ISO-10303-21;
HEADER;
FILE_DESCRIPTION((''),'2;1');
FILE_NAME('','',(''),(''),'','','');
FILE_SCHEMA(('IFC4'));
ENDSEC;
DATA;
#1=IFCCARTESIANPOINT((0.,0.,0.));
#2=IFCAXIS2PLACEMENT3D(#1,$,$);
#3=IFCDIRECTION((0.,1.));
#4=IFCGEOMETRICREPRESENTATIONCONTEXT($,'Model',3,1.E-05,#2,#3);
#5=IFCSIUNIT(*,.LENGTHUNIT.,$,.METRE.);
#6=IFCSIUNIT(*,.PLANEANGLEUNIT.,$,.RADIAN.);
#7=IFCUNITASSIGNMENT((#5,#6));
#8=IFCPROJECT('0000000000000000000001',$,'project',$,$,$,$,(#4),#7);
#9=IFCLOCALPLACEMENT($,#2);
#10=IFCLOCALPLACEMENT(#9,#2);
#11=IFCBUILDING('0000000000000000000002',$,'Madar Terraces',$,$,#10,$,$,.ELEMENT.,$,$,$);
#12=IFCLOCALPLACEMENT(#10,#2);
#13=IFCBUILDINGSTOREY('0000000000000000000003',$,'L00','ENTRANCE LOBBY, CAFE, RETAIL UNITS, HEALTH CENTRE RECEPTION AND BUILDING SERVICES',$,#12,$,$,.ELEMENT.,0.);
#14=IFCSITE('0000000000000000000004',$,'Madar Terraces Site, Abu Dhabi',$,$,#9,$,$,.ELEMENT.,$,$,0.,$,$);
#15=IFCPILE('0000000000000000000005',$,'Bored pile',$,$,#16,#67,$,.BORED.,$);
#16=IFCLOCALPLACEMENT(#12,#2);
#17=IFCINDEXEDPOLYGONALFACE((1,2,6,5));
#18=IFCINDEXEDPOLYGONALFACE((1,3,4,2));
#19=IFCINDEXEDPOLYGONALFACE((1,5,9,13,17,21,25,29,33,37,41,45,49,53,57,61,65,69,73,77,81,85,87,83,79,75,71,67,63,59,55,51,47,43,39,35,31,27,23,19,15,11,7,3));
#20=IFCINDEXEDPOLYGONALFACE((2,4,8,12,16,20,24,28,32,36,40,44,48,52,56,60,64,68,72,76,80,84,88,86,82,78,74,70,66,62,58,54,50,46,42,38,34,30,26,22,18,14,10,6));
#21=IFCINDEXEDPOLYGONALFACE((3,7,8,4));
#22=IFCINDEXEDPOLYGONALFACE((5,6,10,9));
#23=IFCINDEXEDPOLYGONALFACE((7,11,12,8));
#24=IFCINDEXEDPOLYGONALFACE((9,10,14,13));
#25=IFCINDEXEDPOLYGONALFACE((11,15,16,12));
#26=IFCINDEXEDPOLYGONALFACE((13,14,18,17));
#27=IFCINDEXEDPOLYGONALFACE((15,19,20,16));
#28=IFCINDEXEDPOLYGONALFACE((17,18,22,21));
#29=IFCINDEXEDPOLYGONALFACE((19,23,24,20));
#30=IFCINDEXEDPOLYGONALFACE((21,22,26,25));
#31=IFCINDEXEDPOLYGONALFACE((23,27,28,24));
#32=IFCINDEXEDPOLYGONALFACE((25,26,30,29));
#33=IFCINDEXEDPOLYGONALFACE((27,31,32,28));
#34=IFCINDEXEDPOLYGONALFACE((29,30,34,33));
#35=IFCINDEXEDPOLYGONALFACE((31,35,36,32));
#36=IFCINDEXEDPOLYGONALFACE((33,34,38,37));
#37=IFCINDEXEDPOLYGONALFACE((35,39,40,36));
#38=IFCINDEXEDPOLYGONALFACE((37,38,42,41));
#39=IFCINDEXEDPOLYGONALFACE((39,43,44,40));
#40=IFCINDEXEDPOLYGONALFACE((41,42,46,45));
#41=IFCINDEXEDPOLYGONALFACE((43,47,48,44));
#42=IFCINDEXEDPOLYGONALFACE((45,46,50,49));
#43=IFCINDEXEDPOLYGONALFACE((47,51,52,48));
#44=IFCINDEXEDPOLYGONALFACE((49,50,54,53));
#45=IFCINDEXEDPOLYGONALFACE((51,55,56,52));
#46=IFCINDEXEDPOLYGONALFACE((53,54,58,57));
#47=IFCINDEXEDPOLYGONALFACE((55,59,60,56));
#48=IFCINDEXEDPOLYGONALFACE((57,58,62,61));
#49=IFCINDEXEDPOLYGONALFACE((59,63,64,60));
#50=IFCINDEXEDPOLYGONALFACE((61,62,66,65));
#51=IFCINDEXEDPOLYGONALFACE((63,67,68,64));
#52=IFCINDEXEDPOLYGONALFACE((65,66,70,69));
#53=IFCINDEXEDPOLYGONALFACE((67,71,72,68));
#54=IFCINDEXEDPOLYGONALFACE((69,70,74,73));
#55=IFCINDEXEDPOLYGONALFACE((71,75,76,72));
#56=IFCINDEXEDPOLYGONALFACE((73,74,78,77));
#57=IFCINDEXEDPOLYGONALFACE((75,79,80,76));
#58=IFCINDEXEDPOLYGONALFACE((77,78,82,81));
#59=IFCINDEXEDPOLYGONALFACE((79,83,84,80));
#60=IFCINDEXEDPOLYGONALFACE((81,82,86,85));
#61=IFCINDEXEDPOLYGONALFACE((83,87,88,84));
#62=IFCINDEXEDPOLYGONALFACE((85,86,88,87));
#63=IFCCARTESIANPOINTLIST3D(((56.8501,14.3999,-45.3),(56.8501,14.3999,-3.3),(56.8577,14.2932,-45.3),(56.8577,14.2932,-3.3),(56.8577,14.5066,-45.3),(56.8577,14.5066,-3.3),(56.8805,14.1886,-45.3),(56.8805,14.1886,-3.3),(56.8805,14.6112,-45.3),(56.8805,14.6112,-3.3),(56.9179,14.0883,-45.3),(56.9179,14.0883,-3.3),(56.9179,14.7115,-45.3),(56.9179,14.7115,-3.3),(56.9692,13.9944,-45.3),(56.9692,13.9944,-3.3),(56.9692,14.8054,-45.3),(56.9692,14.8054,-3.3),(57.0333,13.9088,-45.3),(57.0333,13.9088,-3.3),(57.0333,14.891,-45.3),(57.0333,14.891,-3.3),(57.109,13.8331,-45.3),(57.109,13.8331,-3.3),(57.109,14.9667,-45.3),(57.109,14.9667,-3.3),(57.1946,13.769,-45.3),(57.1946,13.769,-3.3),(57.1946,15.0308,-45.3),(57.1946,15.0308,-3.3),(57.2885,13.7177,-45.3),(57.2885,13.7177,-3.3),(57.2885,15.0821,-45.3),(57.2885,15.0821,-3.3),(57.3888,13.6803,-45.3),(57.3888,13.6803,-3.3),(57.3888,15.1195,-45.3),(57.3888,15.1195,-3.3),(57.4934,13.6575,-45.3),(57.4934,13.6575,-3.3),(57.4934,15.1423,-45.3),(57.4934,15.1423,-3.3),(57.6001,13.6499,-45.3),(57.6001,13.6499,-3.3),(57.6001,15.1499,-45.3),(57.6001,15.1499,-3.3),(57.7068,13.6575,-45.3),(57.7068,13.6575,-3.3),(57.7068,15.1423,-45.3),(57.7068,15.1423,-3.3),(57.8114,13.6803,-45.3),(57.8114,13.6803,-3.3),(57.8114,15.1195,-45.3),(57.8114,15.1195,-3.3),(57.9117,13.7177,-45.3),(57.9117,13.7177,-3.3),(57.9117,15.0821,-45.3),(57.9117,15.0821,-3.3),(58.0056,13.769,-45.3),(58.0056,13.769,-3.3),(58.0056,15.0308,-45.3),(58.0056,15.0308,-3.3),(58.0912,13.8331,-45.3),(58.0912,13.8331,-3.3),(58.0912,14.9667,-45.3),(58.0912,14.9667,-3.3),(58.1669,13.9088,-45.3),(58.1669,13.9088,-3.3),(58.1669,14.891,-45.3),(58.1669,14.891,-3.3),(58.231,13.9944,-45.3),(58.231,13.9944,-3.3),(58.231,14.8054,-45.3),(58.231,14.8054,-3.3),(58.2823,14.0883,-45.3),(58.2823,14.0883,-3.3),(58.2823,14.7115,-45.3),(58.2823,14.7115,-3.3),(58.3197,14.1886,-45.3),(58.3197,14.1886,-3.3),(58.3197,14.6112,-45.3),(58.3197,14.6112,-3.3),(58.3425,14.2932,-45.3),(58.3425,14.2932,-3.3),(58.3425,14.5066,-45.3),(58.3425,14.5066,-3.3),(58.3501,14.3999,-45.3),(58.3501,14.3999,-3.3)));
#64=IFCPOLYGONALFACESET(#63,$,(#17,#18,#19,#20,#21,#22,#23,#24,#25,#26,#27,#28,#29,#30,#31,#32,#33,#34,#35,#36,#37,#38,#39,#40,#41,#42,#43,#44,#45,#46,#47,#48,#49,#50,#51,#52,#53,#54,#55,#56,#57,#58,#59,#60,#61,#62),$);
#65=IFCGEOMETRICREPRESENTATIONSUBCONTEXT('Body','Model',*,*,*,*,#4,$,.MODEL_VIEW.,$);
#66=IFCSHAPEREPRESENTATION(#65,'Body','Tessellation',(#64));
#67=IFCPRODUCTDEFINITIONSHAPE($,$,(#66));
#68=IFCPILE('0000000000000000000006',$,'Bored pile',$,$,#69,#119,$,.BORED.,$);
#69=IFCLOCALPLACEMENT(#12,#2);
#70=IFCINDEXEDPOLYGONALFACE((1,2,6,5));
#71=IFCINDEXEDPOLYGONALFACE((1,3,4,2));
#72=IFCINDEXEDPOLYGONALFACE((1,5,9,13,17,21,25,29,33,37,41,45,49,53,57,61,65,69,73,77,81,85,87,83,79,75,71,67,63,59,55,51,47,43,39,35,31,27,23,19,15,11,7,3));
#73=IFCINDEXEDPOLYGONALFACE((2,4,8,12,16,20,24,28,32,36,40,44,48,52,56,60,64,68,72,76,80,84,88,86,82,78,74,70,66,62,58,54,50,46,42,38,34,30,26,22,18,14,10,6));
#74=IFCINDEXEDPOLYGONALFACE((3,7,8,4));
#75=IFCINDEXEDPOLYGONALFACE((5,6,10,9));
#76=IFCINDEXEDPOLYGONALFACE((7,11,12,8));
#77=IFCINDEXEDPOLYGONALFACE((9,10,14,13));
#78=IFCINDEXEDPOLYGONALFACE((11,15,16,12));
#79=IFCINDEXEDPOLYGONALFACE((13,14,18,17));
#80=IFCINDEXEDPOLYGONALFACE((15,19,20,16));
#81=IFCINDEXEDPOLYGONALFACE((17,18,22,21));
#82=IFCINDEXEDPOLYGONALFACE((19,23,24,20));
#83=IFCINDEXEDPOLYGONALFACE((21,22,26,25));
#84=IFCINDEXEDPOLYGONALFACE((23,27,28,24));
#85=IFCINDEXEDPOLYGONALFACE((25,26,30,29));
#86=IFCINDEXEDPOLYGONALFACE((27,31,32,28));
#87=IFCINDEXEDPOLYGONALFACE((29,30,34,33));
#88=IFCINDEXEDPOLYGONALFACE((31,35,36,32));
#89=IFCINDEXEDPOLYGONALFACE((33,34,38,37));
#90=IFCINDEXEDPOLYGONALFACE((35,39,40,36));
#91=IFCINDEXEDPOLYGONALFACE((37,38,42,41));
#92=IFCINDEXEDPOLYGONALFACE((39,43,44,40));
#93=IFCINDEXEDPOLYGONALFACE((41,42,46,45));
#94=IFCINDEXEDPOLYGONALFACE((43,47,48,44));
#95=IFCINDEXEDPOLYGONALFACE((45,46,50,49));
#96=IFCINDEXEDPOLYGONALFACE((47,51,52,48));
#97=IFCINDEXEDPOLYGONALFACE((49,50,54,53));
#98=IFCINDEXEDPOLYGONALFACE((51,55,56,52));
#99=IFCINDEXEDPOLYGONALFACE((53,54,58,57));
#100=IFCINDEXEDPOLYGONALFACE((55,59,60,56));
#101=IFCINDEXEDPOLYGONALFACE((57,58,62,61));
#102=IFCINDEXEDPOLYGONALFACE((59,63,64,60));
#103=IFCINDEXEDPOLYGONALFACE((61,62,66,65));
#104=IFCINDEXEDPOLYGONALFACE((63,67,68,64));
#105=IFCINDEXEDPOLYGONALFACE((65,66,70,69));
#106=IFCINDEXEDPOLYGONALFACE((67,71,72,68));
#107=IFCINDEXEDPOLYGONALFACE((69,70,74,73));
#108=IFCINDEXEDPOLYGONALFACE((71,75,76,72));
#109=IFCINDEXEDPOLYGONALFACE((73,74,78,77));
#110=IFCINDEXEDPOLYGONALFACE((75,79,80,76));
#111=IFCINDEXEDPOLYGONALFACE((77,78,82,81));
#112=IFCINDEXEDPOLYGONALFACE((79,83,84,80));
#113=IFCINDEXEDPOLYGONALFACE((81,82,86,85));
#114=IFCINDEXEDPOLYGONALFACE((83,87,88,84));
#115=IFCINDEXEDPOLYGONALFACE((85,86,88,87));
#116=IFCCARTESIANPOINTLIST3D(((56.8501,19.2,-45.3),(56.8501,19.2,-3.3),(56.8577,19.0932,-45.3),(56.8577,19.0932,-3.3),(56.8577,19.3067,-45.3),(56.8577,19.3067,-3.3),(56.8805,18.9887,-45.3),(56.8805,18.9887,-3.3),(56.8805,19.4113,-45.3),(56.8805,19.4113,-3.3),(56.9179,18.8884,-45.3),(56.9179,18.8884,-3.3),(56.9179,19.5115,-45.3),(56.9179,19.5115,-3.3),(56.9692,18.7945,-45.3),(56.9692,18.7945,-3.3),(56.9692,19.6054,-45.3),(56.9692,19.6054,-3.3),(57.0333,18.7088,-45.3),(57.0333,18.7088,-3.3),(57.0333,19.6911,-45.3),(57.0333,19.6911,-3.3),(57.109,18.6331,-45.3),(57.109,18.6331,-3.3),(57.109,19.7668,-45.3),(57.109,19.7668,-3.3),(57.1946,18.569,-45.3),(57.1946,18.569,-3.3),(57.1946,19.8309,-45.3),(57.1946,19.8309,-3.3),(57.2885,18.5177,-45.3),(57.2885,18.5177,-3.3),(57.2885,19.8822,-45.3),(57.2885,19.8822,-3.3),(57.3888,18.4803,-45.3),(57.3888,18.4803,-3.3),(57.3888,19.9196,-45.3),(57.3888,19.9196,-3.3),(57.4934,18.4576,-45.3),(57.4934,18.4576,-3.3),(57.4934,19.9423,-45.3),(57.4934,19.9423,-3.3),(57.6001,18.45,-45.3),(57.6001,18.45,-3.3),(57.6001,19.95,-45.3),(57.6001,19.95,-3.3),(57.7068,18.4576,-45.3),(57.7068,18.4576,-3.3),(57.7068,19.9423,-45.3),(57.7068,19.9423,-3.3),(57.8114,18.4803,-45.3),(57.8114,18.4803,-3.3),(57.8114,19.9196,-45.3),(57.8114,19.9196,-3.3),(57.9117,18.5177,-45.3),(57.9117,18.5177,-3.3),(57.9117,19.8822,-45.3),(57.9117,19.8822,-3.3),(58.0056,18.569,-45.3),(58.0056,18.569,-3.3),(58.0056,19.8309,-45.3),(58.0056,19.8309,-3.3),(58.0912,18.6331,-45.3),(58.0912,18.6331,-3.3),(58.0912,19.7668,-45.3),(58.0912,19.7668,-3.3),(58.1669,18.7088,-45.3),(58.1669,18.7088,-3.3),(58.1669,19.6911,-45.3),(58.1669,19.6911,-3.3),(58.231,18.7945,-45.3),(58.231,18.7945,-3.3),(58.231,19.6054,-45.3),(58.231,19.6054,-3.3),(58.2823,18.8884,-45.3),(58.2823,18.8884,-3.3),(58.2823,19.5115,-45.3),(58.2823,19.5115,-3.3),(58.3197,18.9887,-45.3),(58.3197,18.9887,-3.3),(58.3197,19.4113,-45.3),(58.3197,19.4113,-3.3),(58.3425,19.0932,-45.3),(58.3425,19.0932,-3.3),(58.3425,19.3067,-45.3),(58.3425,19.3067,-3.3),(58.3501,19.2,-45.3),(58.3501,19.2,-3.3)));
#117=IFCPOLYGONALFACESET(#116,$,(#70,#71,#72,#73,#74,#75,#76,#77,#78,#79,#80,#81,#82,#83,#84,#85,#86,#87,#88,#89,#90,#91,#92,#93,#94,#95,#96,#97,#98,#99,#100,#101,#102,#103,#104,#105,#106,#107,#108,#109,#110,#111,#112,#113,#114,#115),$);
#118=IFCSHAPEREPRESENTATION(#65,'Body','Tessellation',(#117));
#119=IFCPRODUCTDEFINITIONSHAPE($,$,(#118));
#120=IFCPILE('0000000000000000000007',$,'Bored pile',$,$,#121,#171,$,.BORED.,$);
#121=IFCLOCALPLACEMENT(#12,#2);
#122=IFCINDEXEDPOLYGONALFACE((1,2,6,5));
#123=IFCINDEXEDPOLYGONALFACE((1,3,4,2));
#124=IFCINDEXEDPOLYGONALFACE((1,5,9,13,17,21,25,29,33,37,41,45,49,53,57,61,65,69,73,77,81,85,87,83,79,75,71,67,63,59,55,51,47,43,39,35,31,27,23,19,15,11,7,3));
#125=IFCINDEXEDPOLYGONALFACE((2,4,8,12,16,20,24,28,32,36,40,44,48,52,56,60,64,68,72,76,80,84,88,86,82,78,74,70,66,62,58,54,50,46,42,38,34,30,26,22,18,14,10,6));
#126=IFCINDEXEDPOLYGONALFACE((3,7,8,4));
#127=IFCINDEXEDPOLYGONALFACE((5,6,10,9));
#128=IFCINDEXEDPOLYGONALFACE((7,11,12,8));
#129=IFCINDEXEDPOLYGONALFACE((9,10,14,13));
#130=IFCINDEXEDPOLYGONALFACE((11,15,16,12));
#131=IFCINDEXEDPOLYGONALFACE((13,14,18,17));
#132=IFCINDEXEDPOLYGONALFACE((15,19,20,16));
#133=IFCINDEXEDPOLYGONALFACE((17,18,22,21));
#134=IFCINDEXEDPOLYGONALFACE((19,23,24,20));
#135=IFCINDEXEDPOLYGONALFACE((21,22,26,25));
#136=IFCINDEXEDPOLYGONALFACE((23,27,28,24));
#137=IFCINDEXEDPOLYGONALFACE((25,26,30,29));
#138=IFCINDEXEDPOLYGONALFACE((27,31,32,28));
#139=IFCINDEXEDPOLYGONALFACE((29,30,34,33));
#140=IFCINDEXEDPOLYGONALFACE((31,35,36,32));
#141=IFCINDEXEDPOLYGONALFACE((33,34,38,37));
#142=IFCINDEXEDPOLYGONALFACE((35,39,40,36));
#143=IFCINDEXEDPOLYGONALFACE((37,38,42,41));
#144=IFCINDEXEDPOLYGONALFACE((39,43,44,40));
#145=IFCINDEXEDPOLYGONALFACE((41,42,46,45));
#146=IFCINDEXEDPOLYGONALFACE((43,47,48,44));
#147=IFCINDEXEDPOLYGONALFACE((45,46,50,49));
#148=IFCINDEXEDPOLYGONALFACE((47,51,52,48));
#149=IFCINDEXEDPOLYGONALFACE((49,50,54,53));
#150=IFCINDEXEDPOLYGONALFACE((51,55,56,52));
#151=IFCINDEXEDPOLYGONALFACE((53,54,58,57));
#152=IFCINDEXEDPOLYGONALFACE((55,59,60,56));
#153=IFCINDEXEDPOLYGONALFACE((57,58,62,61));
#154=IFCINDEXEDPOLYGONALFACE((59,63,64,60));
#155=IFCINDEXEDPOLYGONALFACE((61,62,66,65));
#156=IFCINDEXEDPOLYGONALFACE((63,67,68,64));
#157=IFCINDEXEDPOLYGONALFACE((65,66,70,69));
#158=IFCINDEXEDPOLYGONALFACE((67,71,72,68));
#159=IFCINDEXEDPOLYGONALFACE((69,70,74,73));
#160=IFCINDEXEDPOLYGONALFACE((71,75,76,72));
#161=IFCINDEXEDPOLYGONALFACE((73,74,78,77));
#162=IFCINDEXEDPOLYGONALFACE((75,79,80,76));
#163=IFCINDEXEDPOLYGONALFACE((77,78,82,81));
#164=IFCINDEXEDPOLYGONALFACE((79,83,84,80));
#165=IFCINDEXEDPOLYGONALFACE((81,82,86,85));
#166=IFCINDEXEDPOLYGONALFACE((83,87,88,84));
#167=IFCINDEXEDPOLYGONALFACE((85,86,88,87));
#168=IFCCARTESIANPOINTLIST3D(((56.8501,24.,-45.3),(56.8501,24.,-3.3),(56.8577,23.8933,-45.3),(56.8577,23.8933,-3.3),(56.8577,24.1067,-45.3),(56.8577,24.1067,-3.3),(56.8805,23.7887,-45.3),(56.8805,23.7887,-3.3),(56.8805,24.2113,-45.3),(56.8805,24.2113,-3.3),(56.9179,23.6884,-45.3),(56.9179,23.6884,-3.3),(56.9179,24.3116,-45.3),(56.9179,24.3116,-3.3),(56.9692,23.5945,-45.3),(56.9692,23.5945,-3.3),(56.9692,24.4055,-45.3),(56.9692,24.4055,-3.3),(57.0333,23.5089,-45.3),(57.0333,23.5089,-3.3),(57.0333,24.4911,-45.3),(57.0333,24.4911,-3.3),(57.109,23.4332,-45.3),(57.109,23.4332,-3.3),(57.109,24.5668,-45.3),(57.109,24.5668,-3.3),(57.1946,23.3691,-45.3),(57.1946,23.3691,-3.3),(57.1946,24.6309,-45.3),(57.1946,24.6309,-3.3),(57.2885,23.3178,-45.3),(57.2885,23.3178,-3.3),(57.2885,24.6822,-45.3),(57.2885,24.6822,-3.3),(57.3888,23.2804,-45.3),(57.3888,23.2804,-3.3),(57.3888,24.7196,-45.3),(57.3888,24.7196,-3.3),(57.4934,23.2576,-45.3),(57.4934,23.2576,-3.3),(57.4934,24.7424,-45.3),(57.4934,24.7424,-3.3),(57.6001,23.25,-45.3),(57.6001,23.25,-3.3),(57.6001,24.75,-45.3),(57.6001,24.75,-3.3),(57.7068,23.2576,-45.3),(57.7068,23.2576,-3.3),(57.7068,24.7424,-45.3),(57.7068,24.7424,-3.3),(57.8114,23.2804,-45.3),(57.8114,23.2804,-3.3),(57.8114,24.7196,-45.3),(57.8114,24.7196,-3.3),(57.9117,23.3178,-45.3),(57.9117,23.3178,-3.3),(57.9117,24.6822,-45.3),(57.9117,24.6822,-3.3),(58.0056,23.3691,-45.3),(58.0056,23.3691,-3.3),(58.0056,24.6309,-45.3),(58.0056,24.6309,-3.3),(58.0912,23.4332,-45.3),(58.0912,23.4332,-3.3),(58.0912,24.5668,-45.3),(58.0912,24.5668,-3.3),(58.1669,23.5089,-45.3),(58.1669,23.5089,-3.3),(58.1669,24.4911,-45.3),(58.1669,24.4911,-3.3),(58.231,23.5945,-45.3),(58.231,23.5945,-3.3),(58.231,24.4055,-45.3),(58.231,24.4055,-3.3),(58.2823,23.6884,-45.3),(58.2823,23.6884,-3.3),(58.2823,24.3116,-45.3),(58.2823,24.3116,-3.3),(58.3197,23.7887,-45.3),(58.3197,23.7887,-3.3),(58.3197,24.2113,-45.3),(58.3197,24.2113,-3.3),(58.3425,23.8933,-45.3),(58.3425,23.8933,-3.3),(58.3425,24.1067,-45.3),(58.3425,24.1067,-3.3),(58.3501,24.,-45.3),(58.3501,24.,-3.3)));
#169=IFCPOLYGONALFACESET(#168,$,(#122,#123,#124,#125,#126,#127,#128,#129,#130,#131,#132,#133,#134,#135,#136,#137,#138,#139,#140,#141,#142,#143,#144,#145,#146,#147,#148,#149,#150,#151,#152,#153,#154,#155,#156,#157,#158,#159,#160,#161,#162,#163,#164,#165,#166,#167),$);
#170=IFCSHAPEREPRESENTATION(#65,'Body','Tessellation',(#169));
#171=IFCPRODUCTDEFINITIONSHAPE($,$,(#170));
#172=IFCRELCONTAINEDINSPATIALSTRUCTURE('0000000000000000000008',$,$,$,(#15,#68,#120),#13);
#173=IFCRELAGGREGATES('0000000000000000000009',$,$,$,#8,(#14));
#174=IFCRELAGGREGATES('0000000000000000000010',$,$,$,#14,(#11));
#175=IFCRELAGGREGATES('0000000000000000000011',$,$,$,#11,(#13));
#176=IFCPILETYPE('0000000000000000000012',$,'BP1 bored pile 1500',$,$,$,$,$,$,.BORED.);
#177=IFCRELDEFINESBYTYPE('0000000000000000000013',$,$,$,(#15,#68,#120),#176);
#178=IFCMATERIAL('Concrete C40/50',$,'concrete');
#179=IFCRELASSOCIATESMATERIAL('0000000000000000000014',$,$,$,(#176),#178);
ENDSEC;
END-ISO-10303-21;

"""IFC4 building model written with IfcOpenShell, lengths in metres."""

from ifc_helpers import new_model, si_unit, direction, frame, origin, origin_2d, place, context, subcontext, project, spatial, circle, extrude, material, material_profile, profile_set, type_object, element, save


model = new_model("IFC4")

# Units and contexts
model_context = context("Model", 3, precision=1e-05, world=origin(), true_north=direction((0.0, 1.0)))
body_context = subcontext(model_context, "Body", "Model", "MODEL_VIEW")
ifc_project = project(units=[si_unit("LENGTHUNIT", "METRE"), si_unit("PLANEANGLEUNIT", "RADIAN")], contexts=[model_context])

# Site, building, storey
site_placement = place(None, origin())
site = spatial("IfcSite", under=ifc_project, at=site_placement, Name="Madar Terraces Site, Abu Dhabi", CompositionType="ELEMENT", RefElevation=0.0)
building_placement = place(site_placement, origin())
building = spatial("IfcBuilding", under=site, at=building_placement, Name="Madar Terraces", CompositionType="ELEMENT")
storey_placement = place(building_placement, origin())
storey = spatial("IfcBuildingStorey", under=building, at=storey_placement, Name="L00", Description="ENTRANCE LOBBY, CAFE, RETAIL UNITS, HEALTH CENTRE RECEPTION AND BUILDING SERVICES", CompositionType="ELEMENT", Elevation=0.0)

# Piles
ifc_material_1 = material(Name="Concrete C40/50", Category="concrete")
ifc_material_profile_1 = material_profile(ifc_material_1, circle(Radius=0.75, at=origin_2d()), Name="BP1 bored pile 1500")
ifc_profile_set_1 = profile_set([ifc_material_profile_1], Name="Concrete C40/50")
pile_type = type_object("IfcPileType", Name="BP1 bored pile 1500", PredefinedType="BORED", material=ifc_profile_set_1)
for number, where, z_axis, x_axis, name in (
    (1, (57.6001, 14.3999, -3.3), (0.0, 0.0, -1.0), (1.0, 0.0, 0.0), "Bored pile"),
    (2, (57.6001, 19.2, -3.3), (0.0, 0.0, -1.0), (1.0, 0.0, 0.0), "Bored pile"),
    (3, (57.6001, 24.0, -3.3), (0.0, 0.0, -1.0), (1.0, 0.0, 0.0), "Bored pile"),
):
    element("IfcPile", number, at=place(storey_placement, frame(where, z_axis=z_axis, x_axis=x_axis)), inside=storey, type_object=pile_type, Name=name, PredefinedType="BORED", context=body_context, shape_type="SweptSolid", body=[
        extrude(circle(Radius=0.75, at=origin_2d()), origin(), (0.0, 0.0, 1.0), 42.0),
    ])

save(model, "model.ifc")
